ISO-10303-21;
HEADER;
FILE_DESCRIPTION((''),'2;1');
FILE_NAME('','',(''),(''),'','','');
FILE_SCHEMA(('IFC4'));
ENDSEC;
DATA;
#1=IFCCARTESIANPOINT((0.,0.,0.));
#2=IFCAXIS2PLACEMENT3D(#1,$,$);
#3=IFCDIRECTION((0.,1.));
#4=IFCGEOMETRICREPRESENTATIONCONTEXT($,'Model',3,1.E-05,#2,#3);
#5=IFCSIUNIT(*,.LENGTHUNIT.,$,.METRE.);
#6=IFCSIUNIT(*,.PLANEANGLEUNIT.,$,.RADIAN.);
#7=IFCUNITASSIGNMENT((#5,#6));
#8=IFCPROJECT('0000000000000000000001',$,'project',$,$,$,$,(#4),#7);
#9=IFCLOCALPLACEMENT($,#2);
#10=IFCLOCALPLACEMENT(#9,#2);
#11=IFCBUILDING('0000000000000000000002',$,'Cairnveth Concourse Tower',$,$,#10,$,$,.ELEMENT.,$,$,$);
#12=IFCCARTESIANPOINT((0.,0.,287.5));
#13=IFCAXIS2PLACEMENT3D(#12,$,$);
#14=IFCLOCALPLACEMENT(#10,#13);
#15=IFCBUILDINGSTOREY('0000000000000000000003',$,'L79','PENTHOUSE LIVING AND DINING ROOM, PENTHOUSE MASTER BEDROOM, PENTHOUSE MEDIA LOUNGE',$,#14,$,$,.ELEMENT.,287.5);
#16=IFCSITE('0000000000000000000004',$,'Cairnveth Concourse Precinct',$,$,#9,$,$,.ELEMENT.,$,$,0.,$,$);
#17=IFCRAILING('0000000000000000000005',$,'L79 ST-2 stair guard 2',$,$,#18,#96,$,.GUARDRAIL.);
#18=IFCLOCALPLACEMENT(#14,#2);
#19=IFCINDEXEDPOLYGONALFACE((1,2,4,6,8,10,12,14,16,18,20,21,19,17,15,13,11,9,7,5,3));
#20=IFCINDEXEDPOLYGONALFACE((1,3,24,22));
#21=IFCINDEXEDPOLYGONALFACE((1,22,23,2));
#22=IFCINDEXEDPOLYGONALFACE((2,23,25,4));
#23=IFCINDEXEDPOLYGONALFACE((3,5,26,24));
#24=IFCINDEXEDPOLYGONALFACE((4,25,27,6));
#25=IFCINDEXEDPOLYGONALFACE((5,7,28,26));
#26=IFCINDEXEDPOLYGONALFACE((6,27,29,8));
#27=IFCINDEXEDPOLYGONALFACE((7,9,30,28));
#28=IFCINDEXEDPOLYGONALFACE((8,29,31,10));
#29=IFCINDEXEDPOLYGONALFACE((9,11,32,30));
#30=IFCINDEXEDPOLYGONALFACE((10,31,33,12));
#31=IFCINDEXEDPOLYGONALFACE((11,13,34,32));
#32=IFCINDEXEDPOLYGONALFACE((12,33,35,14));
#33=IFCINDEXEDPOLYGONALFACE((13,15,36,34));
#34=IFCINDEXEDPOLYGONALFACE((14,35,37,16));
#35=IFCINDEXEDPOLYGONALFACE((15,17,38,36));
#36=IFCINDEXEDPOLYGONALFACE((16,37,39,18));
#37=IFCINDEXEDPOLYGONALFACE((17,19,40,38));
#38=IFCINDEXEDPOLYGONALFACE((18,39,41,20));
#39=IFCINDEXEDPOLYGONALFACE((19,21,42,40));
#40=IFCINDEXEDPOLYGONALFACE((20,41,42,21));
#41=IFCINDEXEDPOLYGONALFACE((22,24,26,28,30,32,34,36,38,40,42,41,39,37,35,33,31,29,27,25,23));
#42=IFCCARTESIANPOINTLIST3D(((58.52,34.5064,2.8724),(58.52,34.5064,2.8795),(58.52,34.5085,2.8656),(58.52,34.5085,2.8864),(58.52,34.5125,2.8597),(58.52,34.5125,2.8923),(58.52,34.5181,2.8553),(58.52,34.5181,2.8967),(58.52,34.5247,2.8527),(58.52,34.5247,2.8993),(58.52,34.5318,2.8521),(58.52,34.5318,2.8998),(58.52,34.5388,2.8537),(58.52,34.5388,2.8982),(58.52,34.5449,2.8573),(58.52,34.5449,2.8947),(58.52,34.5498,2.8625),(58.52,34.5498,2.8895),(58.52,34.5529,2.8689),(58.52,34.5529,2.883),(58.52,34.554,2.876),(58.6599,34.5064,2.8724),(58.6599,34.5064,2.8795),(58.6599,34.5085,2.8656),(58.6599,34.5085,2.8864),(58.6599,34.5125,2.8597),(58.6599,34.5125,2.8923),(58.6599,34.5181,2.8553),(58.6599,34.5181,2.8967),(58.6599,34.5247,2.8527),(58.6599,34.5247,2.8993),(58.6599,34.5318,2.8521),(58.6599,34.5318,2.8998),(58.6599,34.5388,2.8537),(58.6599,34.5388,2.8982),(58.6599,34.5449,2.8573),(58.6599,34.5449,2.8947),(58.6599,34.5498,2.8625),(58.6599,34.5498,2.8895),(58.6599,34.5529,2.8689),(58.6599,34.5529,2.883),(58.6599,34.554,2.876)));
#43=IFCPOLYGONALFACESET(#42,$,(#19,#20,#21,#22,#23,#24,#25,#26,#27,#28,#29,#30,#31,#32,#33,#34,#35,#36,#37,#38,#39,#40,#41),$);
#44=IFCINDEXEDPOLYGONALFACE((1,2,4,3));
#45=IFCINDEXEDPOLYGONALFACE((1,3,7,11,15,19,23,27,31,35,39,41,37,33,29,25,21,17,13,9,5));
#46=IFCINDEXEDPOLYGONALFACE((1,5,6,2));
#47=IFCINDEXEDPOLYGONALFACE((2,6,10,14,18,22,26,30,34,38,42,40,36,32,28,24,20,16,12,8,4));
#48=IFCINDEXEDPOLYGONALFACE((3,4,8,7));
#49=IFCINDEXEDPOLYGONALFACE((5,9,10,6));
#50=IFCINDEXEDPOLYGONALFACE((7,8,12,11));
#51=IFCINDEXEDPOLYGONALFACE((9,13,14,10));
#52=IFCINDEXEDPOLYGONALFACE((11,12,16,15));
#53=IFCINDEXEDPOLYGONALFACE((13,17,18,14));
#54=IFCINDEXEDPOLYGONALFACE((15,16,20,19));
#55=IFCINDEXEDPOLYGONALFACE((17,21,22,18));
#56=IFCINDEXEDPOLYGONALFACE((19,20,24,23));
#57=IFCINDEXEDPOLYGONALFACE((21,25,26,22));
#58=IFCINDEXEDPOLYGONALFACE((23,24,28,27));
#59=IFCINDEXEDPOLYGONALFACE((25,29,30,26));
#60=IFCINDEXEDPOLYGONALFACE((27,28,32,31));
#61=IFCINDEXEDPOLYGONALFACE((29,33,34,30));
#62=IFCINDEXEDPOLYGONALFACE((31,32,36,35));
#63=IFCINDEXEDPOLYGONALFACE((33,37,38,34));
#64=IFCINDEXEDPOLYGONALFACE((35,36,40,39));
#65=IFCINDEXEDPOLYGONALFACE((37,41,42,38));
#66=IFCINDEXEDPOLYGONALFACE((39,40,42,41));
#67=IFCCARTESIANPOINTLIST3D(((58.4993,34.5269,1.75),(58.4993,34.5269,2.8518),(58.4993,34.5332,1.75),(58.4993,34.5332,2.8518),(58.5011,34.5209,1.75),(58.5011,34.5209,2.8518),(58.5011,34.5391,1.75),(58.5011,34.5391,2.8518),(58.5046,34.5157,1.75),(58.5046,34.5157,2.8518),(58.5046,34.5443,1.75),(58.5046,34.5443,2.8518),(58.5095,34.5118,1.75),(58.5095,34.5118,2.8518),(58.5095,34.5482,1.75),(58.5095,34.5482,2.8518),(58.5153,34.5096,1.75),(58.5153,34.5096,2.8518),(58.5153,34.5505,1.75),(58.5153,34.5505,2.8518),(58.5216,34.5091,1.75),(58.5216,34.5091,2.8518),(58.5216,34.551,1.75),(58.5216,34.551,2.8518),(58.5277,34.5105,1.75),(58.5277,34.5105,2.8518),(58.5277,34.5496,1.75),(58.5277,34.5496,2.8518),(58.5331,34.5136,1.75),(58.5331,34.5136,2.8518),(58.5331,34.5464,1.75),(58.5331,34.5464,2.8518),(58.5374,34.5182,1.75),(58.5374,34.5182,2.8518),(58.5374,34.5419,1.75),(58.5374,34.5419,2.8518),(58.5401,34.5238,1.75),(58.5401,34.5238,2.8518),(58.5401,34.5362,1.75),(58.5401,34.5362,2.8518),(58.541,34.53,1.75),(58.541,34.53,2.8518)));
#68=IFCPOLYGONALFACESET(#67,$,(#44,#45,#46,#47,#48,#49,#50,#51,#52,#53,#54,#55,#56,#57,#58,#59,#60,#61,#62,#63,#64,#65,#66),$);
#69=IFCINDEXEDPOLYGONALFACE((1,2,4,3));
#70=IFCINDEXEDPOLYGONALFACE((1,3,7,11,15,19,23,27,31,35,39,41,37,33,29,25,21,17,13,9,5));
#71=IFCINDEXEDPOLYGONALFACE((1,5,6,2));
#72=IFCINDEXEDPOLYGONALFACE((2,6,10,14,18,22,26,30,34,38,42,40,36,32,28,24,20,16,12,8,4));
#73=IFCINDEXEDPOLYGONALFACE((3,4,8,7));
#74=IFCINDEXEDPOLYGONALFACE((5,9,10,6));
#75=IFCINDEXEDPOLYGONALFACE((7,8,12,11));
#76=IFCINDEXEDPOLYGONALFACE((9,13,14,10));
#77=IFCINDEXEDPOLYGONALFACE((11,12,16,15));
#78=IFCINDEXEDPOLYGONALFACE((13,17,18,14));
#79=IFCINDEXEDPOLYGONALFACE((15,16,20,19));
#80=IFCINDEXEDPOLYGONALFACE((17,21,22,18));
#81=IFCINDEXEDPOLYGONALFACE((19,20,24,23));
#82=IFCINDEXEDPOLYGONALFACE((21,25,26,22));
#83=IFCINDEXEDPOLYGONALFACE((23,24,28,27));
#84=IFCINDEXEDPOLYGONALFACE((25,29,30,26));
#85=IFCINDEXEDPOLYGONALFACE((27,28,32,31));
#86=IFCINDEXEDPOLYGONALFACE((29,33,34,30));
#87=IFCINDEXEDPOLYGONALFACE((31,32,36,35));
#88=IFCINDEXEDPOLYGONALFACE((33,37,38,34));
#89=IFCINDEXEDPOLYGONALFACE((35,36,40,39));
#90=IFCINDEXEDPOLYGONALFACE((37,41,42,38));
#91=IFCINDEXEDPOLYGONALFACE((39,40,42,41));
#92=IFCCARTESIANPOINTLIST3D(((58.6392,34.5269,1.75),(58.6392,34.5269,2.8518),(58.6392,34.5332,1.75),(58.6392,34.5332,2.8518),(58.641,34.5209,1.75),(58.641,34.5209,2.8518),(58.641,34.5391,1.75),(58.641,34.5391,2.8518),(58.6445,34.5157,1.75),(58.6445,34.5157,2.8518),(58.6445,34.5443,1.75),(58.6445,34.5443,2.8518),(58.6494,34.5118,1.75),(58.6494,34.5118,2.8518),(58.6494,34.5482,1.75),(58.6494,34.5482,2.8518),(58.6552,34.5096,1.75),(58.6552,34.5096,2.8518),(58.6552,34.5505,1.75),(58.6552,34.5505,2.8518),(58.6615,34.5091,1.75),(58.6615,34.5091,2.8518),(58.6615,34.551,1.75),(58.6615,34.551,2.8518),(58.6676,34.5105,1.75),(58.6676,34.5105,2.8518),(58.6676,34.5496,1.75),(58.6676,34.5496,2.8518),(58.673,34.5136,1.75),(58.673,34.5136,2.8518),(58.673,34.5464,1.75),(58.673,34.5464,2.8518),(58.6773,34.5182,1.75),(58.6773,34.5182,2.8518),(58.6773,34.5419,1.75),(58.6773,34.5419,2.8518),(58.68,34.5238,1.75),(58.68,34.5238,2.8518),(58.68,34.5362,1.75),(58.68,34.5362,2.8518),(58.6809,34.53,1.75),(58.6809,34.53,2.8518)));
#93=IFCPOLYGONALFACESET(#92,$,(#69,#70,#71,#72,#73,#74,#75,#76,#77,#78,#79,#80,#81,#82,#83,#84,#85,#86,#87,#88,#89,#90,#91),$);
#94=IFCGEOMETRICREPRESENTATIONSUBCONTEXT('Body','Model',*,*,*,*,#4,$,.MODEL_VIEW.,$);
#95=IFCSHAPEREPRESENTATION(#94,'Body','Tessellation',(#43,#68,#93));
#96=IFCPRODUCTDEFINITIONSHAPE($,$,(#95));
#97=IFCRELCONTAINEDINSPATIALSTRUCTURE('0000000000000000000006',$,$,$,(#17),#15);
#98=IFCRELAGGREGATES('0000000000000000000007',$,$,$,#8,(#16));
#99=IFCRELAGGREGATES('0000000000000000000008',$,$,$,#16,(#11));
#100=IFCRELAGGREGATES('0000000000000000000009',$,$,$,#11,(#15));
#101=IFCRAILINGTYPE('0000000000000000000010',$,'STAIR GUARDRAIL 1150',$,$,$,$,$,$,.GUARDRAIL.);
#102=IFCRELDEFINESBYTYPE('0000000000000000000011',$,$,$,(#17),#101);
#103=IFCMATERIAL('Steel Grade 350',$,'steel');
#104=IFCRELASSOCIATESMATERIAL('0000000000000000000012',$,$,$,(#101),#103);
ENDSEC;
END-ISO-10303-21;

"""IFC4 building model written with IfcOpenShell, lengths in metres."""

from ifc_helpers import new_model, si_unit, direction, frame, origin, origin_2d, place, context, subcontext, project, spatial, circle, extrude, material, type_object, element, save


model = new_model("IFC4")

# Units and contexts
model_context = context("Model", 3, precision=1e-05, world=origin(), true_north=direction((0.0, 1.0)))
body_context = subcontext(model_context, "Body", "Model", "MODEL_VIEW")
ifc_project = project(units=[si_unit("LENGTHUNIT", "METRE"), si_unit("PLANEANGLEUNIT", "RADIAN")], contexts=[model_context])

# Site, building, storey
site_placement = place(None, origin())
site = spatial("IfcSite", under=ifc_project, at=site_placement, Name="Cairnveth Concourse Precinct", CompositionType="ELEMENT", RefElevation=0.0)
building_placement = place(site_placement, origin())
building = spatial("IfcBuilding", under=site, at=building_placement, Name="Cairnveth Concourse Tower", CompositionType="ELEMENT")
storey_placement = place(building_placement, frame((0.0, 0.0, 287.5)))
storey = spatial("IfcBuildingStorey", under=building, at=storey_placement, Name="L79", Description="PENTHOUSE LIVING AND DINING ROOM, PENTHOUSE MASTER BEDROOM, PENTHOUSE MEDIA LOUNGE", CompositionType="ELEMENT", Elevation=287.5)

# Shared definitions
ifc_material_1 = material(Name="Steel Grade 350", Category="steel")

# Railing
railing_type_1 = type_object("IfcRailingType", Name="STAIR GUARDRAIL 1150", PredefinedType="GUARDRAIL", material=ifc_material_1)
railing_1_placement = place(storey_placement, frame((58.52, 34.53, 1.75)))
element("IfcRailing", 1, at=railing_1_placement, inside=storey, type_object=railing_type_1, Name="L79 ST-2 stair guard 2", PredefinedType="GUARDRAIL", context=body_context, shape_type="SweptSolid", body=[
    extrude(circle(Radius=0.0239, at=origin_2d()), frame((0.0, 0.0, 1.126), z_axis=(1.0, 0.0, 0.0), x_axis=(0.0, 1.0, 0.0)), (0.0, 0.0, 1.0), 0.1399),
    extrude(circle(Radius=0.021, at=origin_2d()), origin(), (0.0, 0.0, 1.0), 1.1018),
    extrude(circle(Radius=0.021, at=origin_2d()), frame((0.1399, 0.0, 0.0)), (0.0, 0.0, 1.0), 1.1018),
])

save(model, "model.ifc")
